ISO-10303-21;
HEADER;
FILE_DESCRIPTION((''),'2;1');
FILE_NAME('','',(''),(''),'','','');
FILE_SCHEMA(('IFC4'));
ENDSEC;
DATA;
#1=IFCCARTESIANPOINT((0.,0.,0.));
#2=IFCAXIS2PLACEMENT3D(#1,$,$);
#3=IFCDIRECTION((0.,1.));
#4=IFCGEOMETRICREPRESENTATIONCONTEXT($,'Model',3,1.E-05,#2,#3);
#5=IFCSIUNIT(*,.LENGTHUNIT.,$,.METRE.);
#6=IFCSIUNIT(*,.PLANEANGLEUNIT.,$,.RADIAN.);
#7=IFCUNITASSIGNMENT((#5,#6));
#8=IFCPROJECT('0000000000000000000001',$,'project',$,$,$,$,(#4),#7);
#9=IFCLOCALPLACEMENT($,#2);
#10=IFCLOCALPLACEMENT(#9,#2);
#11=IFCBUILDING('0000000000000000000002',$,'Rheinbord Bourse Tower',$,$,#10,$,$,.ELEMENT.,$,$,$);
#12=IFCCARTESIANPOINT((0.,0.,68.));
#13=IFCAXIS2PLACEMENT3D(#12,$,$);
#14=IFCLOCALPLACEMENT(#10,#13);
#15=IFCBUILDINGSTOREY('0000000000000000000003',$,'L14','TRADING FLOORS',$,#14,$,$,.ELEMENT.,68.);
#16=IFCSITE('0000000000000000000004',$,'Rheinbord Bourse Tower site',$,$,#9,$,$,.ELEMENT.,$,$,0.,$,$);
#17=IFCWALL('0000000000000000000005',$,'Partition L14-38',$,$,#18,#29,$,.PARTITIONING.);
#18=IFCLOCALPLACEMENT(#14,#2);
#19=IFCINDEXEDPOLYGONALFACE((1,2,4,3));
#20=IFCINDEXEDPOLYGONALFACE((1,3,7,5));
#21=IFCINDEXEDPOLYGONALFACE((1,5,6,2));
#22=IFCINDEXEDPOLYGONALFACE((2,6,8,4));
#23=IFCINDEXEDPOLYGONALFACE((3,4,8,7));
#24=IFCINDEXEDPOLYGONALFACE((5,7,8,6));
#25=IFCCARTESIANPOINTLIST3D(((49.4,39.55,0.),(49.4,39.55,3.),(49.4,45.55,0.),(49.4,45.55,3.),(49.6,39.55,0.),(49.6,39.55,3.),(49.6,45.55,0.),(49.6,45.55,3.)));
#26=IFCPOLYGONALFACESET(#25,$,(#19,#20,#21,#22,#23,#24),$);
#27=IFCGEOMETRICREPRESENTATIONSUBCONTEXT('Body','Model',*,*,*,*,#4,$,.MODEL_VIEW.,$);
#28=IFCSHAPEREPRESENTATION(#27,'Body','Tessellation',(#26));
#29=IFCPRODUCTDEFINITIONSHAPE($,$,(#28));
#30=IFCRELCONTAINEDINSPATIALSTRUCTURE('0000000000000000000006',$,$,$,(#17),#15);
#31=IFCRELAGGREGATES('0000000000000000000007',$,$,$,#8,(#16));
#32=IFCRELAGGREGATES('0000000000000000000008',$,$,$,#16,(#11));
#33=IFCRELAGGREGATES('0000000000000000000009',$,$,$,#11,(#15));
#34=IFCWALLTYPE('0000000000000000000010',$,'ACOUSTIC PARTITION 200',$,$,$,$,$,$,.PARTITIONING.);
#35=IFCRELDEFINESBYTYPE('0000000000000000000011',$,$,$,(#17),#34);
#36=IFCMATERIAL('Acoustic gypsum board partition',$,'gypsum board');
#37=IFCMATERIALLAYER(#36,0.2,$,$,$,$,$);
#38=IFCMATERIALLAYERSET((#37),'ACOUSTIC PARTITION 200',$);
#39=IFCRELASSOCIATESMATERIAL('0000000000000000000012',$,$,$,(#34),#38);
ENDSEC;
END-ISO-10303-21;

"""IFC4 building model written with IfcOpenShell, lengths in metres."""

from ifc_helpers import new_model, si_unit, direction, frame, frame_2d, origin, place, context, subcontext, project, spatial, rectangle, extrude, material, layer, layer_set, type_object, element, save


model = new_model("IFC4")

# Units and contexts
model_context = context("Model", 3, precision=1e-05, world=origin(), true_north=direction((0.0, 1.0)))
body_context = subcontext(model_context, "Body", "Model", "MODEL_VIEW")
ifc_project = project(units=[si_unit("LENGTHUNIT", "METRE"), si_unit("PLANEANGLEUNIT", "RADIAN")], contexts=[model_context])

# Site, building, storey
site_placement = place(None, origin())
site = spatial("IfcSite", under=ifc_project, at=site_placement, Name="Rheinbord Bourse Tower site", CompositionType="ELEMENT", RefElevation=0.0)
building_placement = place(site_placement, origin())
building = spatial("IfcBuilding", under=site, at=building_placement, Name="Rheinbord Bourse Tower", CompositionType="ELEMENT")
storey_placement = place(building_placement, frame((0.0, 0.0, 68.0)))
storey = spatial("IfcBuildingStorey", under=building, at=storey_placement, Name="L14", Description="TRADING FLOORS", CompositionType="ELEMENT", Elevation=68.0)

# Shared definitions
ifc_material_1 = material(Name="Acoustic gypsum board partition", Category="gypsum board")
ifc_layer_1 = layer(ifc_material_1, 0.2)
ifc_layer_set_1 = layer_set([ifc_layer_1], Name="ACOUSTIC PARTITION 200")
wall_type = type_object("IfcWallType", Name="ACOUSTIC PARTITION 200", PredefinedType="PARTITIONING", material=ifc_layer_set_1)

# Wall
wall_1_placement = place(storey_placement, frame((49.5, 39.55, 0.0), z_axis=(0.0, 0.0, 1.0), x_axis=(0.0, 1.0, 0.0)))
element("IfcWall", 1, at=wall_1_placement, inside=storey, type_object=wall_type, Name="Partition L14-38", PredefinedType="PARTITIONING", context=body_context, shape_type="SweptSolid", body=[
    extrude(rectangle(XDim=6.0, YDim=0.2, at=frame_2d((3.0, 0.0))), origin(), (0.0, 0.0, 1.0), 3.0),
])

save(model, "model.ifc")
